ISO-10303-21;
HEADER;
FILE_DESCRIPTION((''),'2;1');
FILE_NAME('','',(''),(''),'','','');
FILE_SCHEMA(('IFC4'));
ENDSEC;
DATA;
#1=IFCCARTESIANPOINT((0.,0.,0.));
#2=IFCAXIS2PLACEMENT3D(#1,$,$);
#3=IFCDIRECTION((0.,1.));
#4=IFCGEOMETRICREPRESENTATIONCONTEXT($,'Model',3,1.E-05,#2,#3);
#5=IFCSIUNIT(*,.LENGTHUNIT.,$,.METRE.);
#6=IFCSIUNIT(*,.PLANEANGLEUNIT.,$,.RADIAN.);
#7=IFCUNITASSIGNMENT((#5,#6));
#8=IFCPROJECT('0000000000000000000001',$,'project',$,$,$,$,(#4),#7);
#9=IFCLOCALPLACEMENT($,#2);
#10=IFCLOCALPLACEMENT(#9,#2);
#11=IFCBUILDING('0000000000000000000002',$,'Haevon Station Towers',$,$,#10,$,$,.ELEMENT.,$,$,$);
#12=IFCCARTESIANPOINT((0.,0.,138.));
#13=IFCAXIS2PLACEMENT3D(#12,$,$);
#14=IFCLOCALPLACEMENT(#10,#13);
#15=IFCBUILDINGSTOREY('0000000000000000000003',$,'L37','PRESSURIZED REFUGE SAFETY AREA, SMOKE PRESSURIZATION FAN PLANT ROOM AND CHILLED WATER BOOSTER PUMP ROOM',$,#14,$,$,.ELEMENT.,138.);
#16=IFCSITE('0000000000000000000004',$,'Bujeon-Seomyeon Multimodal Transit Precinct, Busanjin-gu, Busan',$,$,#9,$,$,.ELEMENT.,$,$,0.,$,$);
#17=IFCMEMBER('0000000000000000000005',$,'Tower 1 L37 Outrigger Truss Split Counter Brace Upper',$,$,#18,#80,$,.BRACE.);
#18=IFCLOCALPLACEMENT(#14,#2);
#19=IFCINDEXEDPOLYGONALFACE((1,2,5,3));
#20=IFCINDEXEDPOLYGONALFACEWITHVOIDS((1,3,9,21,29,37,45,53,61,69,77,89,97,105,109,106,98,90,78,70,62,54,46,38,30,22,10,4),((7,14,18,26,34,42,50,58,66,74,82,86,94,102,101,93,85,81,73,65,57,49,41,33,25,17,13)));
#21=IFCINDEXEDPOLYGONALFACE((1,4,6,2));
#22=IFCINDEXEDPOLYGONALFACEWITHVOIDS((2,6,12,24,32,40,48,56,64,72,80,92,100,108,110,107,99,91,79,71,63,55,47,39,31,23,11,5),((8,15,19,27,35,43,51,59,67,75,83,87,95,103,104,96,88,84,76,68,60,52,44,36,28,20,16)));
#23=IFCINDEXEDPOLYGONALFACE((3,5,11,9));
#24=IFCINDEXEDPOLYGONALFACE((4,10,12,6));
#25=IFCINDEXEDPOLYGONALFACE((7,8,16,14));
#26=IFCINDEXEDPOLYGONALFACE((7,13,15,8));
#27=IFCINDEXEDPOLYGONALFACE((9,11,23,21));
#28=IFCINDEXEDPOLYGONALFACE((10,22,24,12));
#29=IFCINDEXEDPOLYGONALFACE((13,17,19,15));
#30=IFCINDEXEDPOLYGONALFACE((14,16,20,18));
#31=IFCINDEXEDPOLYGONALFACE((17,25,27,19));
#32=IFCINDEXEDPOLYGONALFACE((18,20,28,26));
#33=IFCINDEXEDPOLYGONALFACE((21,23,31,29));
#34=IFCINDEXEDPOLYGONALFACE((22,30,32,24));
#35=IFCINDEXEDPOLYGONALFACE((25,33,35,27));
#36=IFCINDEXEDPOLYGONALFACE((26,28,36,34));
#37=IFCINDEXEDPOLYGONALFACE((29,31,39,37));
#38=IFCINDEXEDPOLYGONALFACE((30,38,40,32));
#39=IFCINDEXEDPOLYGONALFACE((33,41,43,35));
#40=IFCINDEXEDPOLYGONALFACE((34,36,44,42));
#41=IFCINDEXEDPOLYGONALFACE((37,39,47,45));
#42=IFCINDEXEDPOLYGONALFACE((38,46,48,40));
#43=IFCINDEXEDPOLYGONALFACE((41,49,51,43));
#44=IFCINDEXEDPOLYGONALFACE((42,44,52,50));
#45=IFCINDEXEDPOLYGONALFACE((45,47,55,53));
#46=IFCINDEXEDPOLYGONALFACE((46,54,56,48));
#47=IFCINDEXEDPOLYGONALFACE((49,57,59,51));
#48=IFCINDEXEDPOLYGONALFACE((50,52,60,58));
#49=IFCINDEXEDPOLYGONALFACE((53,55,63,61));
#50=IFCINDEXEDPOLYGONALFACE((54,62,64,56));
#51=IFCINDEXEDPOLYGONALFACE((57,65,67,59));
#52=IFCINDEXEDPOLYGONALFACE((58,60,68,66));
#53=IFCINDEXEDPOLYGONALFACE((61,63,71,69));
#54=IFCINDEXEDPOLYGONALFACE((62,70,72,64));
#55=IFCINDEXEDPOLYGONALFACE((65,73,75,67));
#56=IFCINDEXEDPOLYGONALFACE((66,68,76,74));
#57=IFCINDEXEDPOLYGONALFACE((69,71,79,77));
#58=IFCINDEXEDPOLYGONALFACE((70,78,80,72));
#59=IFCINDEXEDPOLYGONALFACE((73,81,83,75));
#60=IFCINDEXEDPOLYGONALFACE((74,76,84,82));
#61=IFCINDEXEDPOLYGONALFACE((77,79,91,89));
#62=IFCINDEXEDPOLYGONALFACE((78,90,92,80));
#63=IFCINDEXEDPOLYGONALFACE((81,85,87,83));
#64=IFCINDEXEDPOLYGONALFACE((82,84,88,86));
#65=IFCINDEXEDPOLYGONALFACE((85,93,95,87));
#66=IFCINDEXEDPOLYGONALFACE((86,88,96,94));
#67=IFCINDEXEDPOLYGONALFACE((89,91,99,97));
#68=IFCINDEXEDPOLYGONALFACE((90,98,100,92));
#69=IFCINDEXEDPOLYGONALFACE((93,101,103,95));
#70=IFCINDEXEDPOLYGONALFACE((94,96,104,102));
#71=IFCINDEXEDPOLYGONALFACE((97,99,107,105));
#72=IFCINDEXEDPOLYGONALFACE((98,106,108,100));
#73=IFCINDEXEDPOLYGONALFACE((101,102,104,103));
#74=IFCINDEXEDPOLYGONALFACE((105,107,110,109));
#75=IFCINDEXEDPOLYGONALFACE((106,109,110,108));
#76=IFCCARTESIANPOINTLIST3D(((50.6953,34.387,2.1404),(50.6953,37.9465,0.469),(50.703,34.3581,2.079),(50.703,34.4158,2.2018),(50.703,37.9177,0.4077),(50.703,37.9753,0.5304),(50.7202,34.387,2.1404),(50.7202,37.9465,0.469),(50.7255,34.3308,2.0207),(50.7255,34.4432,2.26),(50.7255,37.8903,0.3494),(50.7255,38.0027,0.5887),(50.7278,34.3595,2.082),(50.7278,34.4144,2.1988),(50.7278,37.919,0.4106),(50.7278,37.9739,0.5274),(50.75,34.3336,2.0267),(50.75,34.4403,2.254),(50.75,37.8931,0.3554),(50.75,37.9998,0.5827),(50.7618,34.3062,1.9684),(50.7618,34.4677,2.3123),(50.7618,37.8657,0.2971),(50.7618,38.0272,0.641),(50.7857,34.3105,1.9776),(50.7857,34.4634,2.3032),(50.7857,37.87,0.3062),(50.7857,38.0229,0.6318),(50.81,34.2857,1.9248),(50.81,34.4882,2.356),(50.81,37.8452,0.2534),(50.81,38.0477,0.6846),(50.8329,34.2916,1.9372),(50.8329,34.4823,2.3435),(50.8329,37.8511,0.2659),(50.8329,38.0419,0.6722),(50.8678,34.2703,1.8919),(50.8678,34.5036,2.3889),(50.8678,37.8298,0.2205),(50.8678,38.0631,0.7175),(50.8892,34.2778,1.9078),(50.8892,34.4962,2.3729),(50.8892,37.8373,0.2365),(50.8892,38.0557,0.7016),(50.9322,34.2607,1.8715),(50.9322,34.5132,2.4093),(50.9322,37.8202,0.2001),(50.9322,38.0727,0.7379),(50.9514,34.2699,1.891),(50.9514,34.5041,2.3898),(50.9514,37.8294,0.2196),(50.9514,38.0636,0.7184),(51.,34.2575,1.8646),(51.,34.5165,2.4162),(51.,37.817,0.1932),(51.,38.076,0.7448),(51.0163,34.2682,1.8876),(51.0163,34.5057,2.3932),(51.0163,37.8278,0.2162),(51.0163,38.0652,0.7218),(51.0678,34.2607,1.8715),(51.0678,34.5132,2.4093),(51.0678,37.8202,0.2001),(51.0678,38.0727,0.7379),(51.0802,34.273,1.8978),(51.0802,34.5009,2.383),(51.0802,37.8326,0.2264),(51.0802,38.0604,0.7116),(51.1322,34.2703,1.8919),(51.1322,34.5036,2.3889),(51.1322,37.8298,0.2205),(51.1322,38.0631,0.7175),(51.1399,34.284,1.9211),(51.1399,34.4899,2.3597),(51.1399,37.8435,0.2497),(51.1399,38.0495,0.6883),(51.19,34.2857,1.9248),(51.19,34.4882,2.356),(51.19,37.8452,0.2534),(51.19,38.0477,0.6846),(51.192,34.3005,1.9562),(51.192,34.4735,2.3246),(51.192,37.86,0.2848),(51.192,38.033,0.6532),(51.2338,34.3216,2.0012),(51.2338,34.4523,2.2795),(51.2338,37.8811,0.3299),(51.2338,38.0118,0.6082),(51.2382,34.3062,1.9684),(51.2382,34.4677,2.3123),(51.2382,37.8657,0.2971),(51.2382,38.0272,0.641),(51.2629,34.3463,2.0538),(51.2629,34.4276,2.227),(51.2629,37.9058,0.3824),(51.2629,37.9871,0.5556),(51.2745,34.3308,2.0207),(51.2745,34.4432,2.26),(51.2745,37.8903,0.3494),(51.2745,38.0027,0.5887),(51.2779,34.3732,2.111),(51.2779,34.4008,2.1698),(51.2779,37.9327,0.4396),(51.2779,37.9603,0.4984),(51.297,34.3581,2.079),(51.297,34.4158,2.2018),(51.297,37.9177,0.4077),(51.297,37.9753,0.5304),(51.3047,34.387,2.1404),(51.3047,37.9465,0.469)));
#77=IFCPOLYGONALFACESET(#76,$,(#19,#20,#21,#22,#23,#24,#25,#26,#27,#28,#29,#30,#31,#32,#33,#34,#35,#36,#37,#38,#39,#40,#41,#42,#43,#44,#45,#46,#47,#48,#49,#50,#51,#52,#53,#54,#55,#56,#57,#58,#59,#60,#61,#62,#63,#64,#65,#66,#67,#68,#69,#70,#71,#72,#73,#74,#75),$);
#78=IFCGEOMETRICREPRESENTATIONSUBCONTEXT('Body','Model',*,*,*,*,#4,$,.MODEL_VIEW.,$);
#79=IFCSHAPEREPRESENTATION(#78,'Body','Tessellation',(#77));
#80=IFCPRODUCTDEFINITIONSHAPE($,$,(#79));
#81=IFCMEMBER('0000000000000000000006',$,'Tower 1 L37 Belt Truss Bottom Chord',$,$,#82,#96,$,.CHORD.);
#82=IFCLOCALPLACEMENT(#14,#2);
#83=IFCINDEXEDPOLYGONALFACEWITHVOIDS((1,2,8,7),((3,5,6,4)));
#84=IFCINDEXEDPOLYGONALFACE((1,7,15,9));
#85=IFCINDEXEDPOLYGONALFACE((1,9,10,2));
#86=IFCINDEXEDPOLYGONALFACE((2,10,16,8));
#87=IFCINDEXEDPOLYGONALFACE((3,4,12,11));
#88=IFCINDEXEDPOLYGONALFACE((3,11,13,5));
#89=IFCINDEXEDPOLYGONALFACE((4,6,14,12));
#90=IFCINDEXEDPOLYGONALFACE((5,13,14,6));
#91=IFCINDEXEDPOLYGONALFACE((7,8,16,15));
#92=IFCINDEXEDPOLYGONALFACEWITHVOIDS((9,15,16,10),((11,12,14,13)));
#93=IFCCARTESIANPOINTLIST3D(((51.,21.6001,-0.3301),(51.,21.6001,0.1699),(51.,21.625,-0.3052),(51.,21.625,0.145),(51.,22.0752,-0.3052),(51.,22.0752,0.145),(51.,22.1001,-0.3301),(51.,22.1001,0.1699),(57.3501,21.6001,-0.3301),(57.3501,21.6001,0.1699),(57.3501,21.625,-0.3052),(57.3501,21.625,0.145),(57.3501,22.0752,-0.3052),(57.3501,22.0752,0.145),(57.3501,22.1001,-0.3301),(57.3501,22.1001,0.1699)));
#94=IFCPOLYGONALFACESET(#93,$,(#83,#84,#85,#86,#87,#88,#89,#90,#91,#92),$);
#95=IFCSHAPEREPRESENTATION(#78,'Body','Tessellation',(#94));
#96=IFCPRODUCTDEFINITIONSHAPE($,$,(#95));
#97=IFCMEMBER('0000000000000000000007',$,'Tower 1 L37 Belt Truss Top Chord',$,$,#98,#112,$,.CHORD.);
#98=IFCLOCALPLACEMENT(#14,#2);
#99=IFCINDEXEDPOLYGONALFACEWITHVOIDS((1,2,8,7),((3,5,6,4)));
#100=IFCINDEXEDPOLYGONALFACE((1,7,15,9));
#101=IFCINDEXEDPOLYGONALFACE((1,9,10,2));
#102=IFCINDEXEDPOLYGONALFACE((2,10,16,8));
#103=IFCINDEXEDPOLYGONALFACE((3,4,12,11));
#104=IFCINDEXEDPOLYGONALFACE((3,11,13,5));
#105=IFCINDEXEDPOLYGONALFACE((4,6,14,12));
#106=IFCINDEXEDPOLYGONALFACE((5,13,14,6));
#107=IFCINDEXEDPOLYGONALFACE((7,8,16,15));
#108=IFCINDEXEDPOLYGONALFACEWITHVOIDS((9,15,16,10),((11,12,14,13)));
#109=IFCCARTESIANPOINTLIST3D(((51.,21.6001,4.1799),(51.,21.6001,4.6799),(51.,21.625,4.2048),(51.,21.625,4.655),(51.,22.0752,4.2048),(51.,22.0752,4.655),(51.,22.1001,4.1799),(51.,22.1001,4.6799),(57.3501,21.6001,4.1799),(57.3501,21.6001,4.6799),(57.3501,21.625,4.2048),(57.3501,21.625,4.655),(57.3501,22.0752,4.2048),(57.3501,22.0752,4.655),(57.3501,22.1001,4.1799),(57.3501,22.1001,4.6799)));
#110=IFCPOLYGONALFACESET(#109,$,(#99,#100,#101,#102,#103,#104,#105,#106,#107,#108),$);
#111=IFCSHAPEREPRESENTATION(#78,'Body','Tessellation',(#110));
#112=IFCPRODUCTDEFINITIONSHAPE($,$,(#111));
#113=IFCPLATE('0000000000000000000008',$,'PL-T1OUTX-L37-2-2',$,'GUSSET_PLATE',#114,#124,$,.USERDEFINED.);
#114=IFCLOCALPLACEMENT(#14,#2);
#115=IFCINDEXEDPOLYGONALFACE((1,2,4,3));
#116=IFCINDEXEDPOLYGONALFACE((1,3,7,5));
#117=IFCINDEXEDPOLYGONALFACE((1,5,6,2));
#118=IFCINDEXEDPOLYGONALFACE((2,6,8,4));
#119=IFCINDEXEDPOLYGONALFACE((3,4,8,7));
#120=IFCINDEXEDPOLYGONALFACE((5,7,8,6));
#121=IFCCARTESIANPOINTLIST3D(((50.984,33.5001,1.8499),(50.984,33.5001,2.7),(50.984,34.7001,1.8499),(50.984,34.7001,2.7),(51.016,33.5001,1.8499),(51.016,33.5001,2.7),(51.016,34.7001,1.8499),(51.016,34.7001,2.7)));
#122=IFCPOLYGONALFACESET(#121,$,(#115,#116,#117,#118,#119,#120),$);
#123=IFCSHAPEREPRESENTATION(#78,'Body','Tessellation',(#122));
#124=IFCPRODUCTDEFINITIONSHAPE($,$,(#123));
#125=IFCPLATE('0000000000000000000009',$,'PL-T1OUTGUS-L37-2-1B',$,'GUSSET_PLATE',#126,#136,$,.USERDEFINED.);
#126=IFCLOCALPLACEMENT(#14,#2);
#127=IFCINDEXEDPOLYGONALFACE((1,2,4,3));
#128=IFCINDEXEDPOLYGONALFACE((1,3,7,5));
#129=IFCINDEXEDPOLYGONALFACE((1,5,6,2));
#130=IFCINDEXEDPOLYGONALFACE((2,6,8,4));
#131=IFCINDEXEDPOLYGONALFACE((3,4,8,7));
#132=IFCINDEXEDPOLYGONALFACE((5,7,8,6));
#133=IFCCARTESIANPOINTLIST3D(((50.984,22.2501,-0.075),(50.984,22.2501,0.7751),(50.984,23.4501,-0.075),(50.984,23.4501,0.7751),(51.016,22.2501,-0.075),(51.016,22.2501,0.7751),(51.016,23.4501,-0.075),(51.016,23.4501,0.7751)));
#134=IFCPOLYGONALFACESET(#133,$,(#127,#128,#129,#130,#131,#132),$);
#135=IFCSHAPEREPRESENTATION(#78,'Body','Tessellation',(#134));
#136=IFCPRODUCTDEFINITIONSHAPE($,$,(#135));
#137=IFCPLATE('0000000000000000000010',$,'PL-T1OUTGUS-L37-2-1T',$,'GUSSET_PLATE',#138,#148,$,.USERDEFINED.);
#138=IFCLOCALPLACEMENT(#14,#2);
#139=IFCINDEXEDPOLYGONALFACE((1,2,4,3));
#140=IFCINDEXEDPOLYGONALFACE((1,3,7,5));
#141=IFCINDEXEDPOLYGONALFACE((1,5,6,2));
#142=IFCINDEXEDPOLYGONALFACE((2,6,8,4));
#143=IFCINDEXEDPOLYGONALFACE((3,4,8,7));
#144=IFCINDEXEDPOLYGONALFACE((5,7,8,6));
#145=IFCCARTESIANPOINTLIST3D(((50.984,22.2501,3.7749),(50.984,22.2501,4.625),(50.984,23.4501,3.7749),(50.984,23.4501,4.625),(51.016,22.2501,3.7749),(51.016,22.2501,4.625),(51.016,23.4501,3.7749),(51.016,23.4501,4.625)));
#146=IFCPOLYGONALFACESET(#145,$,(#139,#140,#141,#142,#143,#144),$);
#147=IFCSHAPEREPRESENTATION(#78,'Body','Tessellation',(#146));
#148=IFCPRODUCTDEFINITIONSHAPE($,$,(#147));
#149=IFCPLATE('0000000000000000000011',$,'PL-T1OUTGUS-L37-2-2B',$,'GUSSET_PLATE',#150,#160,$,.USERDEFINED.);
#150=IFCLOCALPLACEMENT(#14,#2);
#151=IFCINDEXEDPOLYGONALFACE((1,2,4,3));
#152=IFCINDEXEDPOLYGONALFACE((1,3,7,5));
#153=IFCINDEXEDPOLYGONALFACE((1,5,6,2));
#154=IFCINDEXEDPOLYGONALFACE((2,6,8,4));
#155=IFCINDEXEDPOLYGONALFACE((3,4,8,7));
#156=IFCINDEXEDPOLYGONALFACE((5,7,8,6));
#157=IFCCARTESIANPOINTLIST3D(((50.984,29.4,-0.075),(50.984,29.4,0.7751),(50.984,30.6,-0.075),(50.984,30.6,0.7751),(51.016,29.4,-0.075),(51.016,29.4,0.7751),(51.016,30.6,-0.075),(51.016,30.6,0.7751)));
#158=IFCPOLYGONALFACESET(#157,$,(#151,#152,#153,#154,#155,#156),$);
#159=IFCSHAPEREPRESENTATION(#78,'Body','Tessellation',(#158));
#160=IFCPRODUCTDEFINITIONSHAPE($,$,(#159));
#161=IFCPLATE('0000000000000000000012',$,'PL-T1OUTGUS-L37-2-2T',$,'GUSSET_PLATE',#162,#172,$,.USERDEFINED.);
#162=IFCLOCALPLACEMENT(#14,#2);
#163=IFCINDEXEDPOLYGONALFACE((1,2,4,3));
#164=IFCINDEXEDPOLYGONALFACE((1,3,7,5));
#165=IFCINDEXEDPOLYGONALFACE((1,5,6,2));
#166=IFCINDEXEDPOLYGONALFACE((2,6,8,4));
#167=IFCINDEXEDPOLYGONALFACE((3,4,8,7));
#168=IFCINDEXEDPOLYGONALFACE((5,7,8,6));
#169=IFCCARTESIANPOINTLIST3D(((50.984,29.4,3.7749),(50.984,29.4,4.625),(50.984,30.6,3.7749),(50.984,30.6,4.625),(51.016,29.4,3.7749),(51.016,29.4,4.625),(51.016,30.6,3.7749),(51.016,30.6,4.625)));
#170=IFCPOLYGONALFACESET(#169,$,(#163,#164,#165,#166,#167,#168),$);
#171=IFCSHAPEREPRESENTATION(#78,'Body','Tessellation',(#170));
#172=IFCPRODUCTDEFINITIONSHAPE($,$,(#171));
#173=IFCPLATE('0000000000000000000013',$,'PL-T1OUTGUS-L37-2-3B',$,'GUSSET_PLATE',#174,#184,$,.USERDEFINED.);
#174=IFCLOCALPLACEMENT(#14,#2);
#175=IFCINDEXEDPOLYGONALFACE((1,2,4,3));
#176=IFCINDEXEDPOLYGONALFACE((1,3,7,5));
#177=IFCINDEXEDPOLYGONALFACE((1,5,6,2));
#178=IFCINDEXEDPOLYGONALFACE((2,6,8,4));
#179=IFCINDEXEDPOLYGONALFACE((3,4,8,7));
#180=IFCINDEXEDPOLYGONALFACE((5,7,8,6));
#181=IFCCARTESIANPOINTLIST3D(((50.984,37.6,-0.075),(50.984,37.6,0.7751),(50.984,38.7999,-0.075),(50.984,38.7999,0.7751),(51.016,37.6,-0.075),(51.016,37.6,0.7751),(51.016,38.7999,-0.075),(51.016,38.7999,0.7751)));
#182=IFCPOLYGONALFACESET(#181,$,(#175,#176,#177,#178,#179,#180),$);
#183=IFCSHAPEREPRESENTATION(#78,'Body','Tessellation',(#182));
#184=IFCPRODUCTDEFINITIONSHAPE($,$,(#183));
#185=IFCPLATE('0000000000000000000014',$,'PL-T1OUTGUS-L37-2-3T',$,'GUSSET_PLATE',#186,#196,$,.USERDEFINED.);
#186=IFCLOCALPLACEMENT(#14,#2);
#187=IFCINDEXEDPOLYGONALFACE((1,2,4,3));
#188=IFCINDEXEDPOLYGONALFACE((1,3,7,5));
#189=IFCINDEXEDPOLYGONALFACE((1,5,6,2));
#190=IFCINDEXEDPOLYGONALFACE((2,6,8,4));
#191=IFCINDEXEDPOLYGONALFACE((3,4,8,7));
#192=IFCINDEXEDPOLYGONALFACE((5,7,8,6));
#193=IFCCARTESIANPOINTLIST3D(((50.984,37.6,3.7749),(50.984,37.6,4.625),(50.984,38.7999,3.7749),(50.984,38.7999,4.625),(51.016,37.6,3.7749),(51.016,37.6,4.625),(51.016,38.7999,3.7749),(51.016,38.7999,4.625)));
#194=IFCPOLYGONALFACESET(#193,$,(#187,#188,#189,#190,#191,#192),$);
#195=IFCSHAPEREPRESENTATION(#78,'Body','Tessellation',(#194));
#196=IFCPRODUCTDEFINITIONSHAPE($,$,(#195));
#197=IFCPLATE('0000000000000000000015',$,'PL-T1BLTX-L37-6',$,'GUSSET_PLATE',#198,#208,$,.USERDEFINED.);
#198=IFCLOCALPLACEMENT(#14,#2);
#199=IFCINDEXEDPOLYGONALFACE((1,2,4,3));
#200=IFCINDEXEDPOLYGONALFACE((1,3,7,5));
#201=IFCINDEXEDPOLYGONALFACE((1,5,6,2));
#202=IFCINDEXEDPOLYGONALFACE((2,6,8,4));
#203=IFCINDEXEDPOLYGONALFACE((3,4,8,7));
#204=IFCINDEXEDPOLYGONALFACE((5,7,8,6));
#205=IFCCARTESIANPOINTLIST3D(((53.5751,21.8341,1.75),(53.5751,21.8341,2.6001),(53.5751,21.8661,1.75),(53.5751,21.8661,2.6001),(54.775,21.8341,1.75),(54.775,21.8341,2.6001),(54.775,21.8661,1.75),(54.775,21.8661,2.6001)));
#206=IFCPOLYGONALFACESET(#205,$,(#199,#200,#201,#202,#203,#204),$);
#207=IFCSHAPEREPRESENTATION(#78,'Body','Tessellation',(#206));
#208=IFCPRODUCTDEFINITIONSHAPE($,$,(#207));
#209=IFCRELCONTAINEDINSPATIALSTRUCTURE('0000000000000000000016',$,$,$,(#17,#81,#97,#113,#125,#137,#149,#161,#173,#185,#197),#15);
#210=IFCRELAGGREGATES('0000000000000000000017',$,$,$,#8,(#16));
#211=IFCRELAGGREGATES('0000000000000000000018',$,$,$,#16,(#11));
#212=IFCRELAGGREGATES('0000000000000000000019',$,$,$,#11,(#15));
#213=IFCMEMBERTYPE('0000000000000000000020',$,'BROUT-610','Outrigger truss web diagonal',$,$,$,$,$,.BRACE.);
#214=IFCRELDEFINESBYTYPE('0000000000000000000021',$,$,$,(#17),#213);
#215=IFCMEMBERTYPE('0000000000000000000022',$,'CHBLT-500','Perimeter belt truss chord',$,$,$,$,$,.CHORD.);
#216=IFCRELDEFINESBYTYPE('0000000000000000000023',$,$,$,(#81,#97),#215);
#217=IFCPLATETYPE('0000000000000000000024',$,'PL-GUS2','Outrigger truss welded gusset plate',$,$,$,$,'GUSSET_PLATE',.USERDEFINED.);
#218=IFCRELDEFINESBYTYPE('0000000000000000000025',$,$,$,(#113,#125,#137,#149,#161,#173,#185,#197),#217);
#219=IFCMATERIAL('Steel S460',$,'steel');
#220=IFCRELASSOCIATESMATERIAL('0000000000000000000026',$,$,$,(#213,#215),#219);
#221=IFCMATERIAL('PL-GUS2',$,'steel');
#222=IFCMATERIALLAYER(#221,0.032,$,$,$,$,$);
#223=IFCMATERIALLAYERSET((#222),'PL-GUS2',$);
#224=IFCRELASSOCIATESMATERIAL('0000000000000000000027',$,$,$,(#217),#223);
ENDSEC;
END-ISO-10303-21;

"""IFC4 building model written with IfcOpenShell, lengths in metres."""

from ifc_helpers import new_model, si_unit, direction, frame, origin, origin_2d, place, context, subcontext, project, spatial, rectangle, hollow_rectangle, hollow_circle, extrude, material, layer, layer_set, material_profile, profile_set, type_object, element, save


model = new_model("IFC4")

# Units and contexts
model_context = context("Model", 3, precision=1e-05, world=origin(), true_north=direction((0.0, 1.0)))
body_context = subcontext(model_context, "Body", "Model", "MODEL_VIEW")
ifc_project = project(units=[si_unit("LENGTHUNIT", "METRE"), si_unit("PLANEANGLEUNIT", "RADIAN")], contexts=[model_context])

# Site, building, storey
site_placement = place(None, origin())
site = spatial("IfcSite", under=ifc_project, at=site_placement, Name="Bujeon-Seomyeon Multimodal Transit Precinct, Busanjin-gu, Busan", CompositionType="ELEMENT", RefElevation=0.0)
building_placement = place(site_placement, origin())
building = spatial("IfcBuilding", under=site, at=building_placement, Name="Haevon Station Towers", CompositionType="ELEMENT")
storey_placement = place(building_placement, frame((0.0, 0.0, 138.0)))
storey = spatial("IfcBuildingStorey", under=building, at=storey_placement, Name="L37", Description="PRESSURIZED REFUGE SAFETY AREA, SMOKE PRESSURIZATION FAN PLANT ROOM AND CHILLED WATER BOOSTER PUMP ROOM", CompositionType="ELEMENT", Elevation=138.0)

# Shared definitions
ifc_material_1 = material(Name="Steel S460", Category="steel")

# Members
ifc_material_profile_1 = material_profile(ifc_material_1, hollow_circle(Radius=0.3047, WallThickness=0.0249, at=origin_2d()), Name="CHS-609.6x25")
ifc_profile_set_1 = profile_set([ifc_material_profile_1], Name="Steel S460")
member_type_1 = type_object("IfcMemberType", Name="BROUT-610", Description="Outrigger truss web diagonal", PredefinedType="BRACE", material=ifc_profile_set_1)
member_1_placement = place(storey_placement, frame((51.0, 34.387, 2.1404), z_axis=(0.0, 0.905181, -0.425025), x_axis=(-1.0, 0.0, 0.0)))
element("IfcMember", 1, at=member_1_placement, inside=storey, type_object=member_type_1, Name="Tower 1 L37 Outrigger Truss Split Counter Brace Upper", PredefinedType="BRACE", context=body_context, shape_type="SweptSolid", body=[
    extrude(hollow_circle(Radius=0.3047, WallThickness=0.0249, at=origin_2d()), origin(), (0.0, 0.0, 1.0), 3.9324),
])
ifc_material_profile_2 = material_profile(ifc_material_1, hollow_rectangle(XDim=0.5, YDim=0.5, WallThickness=0.0249, at=origin_2d()), Name="RHS-500x500x25")
ifc_profile_set_2 = profile_set([ifc_material_profile_2], Name="Steel S460")
member_type_2 = type_object("IfcMemberType", Name="CHBLT-500", Description="Perimeter belt truss chord", PredefinedType="CHORD", material=ifc_profile_set_2)
for number, where, z_axis, x_axis, name in (
    (2, (51.0, 21.8501, -0.0801), (1.0, 0.0, 0.0), (0.0, 1.0, 0.0), "Tower 1 L37 Belt Truss Bottom Chord"),
    (3, (51.0, 21.8501, 4.4299), (1.0, 0.0, 0.0), (0.0, 1.0, 0.0), "Tower 1 L37 Belt Truss Top Chord"),
):
    element("IfcMember", number, at=place(storey_placement, frame(where, z_axis=z_axis, x_axis=x_axis)), inside=storey, type_object=member_type_2, Name=name, PredefinedType="CHORD", context=body_context, shape_type="SweptSolid", body=[
        extrude(hollow_rectangle(XDim=0.5, YDim=0.5, WallThickness=0.0249, at=origin_2d()), origin(), (0.0, 0.0, 1.0), 6.3501),
    ])

# Plates
ifc_material_2 = material(Name="PL-GUS2", Category="steel")
ifc_layer_1 = layer(ifc_material_2, 0.032)
ifc_layer_set_1 = layer_set([ifc_layer_1], Name="PL-GUS2")
plate_type_1 = type_object("IfcPlateType", Name="PL-GUS2", Description="Outrigger truss welded gusset plate", ElementType="GUSSET_PLATE", PredefinedType="USERDEFINED", material=ifc_layer_set_1)
for number, where, z_axis, x_axis, name in (
    (4, (51.0, 34.1001, 1.8499), (0.0, 0.0, 1.0), (0.0, 1.0, 0.0), "PL-T1OUTX-L37-2-2"),
    (5, (51.0, 22.8501, -0.075), (0.0, 0.0, 1.0), (0.0, 1.0, 0.0), "PL-T1OUTGUS-L37-2-1B"),
    (6, (51.0, 22.8501, 3.7749), (0.0, 0.0, 1.0), (0.0, 1.0, 0.0), "PL-T1OUTGUS-L37-2-1T"),
    (7, (51.0, 30.0, -0.075), (0.0, 0.0, 1.0), (0.0, 1.0, 0.0), "PL-T1OUTGUS-L37-2-2B"),
    (8, (51.0, 30.0, 3.7749), (0.0, 0.0, 1.0), (0.0, 1.0, 0.0), "PL-T1OUTGUS-L37-2-2T"),
    (9, (51.0, 38.2, -0.075), (0.0, 0.0, 1.0), (0.0, 1.0, 0.0), "PL-T1OUTGUS-L37-2-3B"),
    (10, (51.0, 38.2, 3.7749), (0.0, 0.0, 1.0), (0.0, 1.0, 0.0), "PL-T1OUTGUS-L37-2-3T"),
    (11, (54.175, 21.8501, 1.75), (0.0, 0.0, 1.0), (1.0, 0.0, 0.0), "PL-T1BLTX-L37-6"),
):
    element("IfcPlate", number, at=place(storey_placement, frame(where, z_axis=z_axis, x_axis=x_axis)), inside=storey, type_object=plate_type_1, Name=name, ObjectType="GUSSET_PLATE", PredefinedType="USERDEFINED", context=body_context, shape_type="SweptSolid", body=[
        extrude(rectangle(XDim=1.2, YDim=0.032, at=origin_2d()), origin(), (0.0, 0.0, 1.0), 0.8501),
    ])

save(model, "model.ifc")
